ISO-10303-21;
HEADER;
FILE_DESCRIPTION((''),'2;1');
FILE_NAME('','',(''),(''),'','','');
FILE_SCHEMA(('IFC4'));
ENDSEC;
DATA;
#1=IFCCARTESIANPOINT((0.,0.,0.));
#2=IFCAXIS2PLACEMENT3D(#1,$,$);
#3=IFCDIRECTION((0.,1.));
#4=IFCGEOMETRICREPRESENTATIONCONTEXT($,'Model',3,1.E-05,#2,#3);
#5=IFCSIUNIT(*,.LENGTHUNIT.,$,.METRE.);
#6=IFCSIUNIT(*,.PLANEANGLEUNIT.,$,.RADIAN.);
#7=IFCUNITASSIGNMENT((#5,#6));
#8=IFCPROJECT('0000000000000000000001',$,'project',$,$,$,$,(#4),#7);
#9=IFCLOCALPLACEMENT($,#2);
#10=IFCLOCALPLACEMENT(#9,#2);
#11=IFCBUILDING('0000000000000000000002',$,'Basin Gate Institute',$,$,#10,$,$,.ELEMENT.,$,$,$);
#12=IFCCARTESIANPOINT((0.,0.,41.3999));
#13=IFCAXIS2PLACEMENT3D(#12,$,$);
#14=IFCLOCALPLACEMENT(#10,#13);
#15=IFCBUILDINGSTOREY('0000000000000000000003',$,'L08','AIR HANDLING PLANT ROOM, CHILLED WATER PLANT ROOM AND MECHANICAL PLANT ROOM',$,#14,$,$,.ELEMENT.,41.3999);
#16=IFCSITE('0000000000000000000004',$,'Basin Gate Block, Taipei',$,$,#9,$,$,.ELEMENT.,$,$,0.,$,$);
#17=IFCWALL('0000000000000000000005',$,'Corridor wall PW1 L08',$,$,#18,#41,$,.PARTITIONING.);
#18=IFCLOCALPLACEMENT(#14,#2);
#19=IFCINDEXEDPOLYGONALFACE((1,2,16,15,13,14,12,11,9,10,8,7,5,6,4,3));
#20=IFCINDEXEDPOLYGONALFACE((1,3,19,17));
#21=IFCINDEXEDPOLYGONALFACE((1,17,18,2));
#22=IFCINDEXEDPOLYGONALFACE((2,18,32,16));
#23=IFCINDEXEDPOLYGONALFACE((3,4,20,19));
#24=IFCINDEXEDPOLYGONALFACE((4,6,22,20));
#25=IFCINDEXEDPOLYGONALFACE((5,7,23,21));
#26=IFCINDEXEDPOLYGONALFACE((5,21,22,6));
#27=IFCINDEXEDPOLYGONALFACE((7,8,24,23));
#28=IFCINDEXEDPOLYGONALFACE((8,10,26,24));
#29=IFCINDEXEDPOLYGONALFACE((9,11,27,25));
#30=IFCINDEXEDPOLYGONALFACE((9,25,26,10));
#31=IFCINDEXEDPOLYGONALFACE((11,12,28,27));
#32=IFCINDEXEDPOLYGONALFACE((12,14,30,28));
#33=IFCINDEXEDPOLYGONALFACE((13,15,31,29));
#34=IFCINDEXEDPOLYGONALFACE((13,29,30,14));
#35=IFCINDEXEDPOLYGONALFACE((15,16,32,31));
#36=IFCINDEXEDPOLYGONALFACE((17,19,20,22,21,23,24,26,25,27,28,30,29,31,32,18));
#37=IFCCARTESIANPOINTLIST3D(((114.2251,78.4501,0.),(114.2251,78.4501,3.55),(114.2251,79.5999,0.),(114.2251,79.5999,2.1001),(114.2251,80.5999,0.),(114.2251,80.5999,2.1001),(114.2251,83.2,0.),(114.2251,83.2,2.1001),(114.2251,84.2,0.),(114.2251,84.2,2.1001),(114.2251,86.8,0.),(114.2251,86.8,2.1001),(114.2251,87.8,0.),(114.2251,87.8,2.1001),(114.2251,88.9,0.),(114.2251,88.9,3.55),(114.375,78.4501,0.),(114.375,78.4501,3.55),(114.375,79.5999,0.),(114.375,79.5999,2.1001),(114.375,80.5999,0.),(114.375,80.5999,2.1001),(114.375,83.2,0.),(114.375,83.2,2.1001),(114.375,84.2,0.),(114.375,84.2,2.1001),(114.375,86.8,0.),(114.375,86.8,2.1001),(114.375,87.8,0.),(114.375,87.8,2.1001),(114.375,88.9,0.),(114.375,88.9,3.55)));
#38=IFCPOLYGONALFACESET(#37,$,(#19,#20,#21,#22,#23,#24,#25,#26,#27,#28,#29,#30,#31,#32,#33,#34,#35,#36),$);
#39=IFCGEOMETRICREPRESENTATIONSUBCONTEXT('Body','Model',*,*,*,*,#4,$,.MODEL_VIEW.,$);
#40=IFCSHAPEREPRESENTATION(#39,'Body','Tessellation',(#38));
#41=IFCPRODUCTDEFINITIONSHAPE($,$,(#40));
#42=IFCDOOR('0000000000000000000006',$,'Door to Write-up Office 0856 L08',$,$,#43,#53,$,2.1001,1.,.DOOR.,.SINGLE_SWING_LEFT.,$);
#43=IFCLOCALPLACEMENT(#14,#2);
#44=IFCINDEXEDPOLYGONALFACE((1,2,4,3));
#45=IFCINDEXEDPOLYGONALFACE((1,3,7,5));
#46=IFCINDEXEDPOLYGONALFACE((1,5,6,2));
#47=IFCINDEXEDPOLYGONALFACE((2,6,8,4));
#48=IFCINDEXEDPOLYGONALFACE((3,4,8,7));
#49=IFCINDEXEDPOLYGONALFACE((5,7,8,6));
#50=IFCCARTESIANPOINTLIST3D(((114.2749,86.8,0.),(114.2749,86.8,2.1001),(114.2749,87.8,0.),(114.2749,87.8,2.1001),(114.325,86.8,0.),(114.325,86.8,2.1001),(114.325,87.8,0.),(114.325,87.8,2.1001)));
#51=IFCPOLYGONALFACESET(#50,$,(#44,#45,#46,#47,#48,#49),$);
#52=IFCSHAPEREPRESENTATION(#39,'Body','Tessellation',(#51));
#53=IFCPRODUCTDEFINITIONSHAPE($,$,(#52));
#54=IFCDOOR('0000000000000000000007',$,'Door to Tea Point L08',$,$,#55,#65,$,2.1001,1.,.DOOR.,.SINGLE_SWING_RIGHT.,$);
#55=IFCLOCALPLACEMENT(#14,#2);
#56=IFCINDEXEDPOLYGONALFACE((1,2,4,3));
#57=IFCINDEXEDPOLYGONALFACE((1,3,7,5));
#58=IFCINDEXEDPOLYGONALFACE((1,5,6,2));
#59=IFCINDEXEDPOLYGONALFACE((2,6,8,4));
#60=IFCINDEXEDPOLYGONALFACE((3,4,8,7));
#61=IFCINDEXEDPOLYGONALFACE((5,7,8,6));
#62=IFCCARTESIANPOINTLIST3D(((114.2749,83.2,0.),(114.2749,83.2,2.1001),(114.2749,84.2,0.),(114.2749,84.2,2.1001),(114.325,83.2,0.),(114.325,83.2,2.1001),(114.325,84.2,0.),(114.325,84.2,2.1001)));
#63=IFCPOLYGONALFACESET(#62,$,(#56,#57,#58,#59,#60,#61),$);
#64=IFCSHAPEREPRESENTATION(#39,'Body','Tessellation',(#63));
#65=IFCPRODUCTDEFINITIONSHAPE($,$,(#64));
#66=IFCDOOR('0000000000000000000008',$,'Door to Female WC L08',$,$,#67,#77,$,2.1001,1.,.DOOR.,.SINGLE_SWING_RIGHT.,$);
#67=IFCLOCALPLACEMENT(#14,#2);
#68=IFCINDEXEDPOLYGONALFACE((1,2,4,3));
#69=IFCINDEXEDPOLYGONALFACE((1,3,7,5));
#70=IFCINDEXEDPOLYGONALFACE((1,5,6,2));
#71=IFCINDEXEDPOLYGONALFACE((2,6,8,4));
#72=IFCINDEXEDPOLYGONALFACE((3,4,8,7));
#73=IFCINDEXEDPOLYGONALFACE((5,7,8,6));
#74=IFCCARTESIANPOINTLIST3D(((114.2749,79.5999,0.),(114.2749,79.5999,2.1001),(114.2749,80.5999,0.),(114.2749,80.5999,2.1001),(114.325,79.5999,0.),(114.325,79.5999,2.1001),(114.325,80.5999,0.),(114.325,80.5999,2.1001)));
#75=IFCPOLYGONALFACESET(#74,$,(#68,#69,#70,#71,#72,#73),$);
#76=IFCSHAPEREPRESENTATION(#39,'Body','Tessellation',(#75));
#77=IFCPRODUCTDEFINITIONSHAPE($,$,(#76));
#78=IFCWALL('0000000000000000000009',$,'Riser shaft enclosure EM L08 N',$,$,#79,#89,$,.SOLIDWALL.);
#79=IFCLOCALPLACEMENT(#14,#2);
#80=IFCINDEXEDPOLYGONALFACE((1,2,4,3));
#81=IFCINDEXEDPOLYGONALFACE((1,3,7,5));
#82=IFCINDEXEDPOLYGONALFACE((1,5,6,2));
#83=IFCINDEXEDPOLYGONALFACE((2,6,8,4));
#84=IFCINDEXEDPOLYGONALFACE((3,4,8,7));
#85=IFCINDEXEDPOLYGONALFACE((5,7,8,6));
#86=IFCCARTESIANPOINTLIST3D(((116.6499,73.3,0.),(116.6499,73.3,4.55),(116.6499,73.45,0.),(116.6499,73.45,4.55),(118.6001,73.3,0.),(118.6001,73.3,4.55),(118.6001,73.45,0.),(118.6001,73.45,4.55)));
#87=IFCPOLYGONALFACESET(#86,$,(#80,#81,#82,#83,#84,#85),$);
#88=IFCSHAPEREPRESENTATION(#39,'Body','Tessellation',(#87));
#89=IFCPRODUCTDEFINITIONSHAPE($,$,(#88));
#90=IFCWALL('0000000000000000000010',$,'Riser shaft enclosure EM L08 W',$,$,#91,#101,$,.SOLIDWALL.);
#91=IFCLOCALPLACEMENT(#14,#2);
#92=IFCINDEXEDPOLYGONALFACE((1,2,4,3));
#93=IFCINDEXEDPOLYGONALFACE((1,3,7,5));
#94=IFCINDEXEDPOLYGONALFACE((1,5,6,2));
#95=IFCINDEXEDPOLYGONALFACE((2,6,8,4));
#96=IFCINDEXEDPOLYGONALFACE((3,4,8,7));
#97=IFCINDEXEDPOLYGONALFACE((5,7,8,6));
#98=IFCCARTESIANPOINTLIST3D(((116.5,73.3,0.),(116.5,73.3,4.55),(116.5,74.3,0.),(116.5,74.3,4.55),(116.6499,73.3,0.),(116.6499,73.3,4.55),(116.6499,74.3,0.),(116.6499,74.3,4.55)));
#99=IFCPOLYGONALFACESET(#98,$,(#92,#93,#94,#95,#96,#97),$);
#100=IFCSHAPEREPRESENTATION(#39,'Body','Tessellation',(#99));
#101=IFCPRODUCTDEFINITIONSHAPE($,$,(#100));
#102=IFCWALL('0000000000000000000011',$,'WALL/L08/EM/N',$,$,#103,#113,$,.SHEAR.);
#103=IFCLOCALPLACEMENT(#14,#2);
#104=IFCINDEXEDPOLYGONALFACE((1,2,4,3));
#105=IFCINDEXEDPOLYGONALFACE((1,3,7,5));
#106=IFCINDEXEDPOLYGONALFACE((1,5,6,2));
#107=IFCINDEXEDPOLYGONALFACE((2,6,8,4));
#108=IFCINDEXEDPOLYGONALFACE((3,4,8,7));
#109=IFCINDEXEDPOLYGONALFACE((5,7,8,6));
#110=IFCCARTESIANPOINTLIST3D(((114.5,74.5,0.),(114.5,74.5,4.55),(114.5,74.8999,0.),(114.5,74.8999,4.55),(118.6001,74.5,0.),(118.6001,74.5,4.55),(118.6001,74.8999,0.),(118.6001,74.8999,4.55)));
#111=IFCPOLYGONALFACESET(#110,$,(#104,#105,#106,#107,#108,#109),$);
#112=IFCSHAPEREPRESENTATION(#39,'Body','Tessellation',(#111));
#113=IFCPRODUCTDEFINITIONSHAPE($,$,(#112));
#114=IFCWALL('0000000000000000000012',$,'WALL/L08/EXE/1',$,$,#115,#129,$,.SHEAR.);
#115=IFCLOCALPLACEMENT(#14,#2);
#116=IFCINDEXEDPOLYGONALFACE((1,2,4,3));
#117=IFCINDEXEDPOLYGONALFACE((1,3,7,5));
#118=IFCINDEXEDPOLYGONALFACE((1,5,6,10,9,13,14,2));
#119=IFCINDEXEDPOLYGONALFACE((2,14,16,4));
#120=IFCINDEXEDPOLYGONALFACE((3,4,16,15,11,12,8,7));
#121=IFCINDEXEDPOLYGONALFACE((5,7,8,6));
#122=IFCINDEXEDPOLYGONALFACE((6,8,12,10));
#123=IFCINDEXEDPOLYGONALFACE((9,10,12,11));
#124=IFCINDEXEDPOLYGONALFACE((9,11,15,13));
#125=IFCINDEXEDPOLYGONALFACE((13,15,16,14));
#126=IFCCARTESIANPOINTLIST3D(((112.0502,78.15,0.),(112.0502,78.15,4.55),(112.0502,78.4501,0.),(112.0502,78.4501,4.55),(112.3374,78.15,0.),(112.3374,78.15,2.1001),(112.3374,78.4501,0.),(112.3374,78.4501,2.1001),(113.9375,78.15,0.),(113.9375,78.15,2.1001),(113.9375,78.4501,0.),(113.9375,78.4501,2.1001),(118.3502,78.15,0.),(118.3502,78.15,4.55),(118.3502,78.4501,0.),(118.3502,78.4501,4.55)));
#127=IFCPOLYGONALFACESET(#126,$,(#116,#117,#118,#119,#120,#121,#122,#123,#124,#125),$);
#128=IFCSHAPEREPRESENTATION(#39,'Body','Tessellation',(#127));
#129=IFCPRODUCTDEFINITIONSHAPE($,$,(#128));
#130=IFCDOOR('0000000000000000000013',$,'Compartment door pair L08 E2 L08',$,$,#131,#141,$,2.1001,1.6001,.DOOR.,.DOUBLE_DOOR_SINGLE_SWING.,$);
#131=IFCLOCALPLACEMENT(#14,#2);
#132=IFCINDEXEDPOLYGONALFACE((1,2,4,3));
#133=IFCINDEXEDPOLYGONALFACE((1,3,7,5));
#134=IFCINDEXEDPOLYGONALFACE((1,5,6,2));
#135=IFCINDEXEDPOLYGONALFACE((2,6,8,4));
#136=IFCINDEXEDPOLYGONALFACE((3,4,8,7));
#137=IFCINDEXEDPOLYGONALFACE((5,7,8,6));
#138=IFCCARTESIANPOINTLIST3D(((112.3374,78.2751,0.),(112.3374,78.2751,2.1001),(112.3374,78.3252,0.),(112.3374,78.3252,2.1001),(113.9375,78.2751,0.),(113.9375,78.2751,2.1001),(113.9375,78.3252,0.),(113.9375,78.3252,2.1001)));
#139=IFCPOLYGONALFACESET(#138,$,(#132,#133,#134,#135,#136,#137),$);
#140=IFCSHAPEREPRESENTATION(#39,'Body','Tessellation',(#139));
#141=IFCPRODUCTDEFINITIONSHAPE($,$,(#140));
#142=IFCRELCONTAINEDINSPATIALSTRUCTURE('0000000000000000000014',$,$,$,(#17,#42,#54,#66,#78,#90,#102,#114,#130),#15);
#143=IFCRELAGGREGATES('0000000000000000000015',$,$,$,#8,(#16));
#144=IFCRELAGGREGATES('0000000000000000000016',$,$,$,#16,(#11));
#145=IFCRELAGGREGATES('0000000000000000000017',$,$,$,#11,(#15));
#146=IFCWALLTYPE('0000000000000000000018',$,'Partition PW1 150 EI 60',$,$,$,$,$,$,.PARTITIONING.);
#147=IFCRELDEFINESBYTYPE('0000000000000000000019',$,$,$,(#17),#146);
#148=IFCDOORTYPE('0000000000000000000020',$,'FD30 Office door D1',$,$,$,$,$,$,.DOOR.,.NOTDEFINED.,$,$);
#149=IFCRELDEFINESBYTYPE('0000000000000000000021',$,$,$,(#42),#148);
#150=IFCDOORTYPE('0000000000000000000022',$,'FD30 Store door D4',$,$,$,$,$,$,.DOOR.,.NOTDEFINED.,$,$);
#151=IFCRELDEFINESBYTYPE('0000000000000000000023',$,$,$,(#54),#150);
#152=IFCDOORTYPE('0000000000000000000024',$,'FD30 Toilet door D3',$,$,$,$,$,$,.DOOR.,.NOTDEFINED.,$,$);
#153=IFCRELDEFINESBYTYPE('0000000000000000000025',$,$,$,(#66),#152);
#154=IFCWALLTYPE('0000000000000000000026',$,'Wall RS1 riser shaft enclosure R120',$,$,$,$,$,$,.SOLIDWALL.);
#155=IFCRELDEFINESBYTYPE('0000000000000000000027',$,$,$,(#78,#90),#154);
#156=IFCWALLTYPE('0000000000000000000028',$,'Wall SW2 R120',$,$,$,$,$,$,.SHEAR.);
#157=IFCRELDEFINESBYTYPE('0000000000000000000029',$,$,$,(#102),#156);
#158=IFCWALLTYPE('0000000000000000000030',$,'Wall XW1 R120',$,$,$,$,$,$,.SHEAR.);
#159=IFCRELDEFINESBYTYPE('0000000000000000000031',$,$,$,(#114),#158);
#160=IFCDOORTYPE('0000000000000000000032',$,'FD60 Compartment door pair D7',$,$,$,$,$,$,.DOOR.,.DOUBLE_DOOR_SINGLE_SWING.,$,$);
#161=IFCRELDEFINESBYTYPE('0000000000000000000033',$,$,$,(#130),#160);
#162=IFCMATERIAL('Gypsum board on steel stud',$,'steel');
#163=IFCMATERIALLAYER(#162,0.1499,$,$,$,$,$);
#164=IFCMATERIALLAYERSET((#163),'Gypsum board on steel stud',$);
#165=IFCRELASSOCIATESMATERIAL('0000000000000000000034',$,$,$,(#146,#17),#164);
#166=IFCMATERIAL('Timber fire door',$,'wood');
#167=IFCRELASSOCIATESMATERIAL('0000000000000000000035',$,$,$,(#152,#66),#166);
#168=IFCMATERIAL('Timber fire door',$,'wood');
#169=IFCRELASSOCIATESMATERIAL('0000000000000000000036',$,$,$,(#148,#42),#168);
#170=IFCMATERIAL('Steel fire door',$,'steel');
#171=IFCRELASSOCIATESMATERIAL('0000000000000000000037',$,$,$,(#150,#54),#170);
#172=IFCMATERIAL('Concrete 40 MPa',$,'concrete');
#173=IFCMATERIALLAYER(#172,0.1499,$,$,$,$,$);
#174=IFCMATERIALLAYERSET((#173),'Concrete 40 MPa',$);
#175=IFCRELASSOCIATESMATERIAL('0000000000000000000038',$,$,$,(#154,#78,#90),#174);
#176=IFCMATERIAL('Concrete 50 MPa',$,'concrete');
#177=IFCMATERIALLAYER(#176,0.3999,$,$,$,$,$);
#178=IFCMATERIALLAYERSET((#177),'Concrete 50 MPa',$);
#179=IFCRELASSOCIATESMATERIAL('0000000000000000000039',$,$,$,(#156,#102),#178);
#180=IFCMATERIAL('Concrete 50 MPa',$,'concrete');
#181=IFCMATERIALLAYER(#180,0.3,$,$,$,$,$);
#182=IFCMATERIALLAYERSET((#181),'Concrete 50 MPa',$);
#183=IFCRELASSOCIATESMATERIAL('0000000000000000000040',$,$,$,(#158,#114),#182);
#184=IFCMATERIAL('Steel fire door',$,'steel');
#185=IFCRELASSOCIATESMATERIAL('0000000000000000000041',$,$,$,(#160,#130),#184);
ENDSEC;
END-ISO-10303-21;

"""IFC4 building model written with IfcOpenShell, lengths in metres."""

from ifc_helpers import new_model, si_unit, direction, frame, frame_2d, origin, place, context, subcontext, project, spatial, rectangle, extrude, material, layer, layer_set, type_object, element, fill, save


model = new_model("IFC4")

# Units and contexts
model_context = context("Model", 3, precision=1e-05, world=origin(), true_north=direction((0.0, 1.0)))
body_context = subcontext(model_context, "Body", "Model", "MODEL_VIEW")
ifc_project = project(units=[si_unit("LENGTHUNIT", "METRE"), si_unit("PLANEANGLEUNIT", "RADIAN")], contexts=[model_context])

# Site, building, storey
site_placement = place(None, origin())
site = spatial("IfcSite", under=ifc_project, at=site_placement, Name="Basin Gate Block, Taipei", CompositionType="ELEMENT", RefElevation=0.0)
building_placement = place(site_placement, origin())
building = spatial("IfcBuilding", under=site, at=building_placement, Name="Basin Gate Institute", CompositionType="ELEMENT")
storey_placement = place(building_placement, frame((0.0, 0.0, 41.3999)))
storey = spatial("IfcBuildingStorey", under=building, at=storey_placement, Name="L08", Description="AIR HANDLING PLANT ROOM, CHILLED WATER PLANT ROOM AND MECHANICAL PLANT ROOM", CompositionType="ELEMENT", Elevation=41.3999)

# Shared definitions
ifc_material_1 = material(Name="Gypsum board on steel stud", Category="steel")
ifc_layer_1 = layer(ifc_material_1, 0.1499)
ifc_layer_set_1 = layer_set([ifc_layer_1], Name="Gypsum board on steel stud")
wall_type_1 = type_object("IfcWallType", Name="Partition PW1 150 EI 60", PredefinedType="PARTITIONING", material=ifc_layer_set_1)
ifc_material_2 = material(Name="Timber fire door", Category="wood")
door_type_1 = type_object("IfcDoorType", Name="FD30 Toilet door D3", OperationType="NOTDEFINED", PredefinedType="DOOR", material=ifc_material_2)

# Wall, openings, doors
wall_1_placement = place(storey_placement, frame((114.3, 78.45, 0.0), z_axis=(0.0, 0.0, 1.0), x_axis=(0.0, 1.0, 0.0)))
wall_1 = element("IfcWall", 1, at=wall_1_placement, inside=storey, type_object=wall_type_1, material=ifc_layer_set_1, Name="Corridor wall PW1 L08", PredefinedType="PARTITIONING", context=body_context, shape_type="SweptSolid", body=[
    extrude(rectangle(XDim=10.45, YDim=0.1499, at=frame_2d((5.2251, 0.0))), origin(), (0.0, 0.0, 1.0), 3.55),
])
opening_1_placement = place(wall_1_placement, frame((1.1499, 0.0, 0.0)))
opening_1 = element("IfcOpeningElement", 2, at=opening_1_placement, cuts=wall_1, PredefinedType="OPENING", context=body_context, shape_type="SweptSolid", body=[
    extrude(rectangle(XDim=1.0, YDim=2.1001, at=frame_2d((0.5, 1.05))), frame((0.0, 0.085, 0.0), z_axis=(0.0, -1.0, 0.0), x_axis=(1.0, 0.0, 0.0)), (0.0, 0.0, 1.0), 0.1699),
])
opening_2_placement = place(wall_1_placement, frame((4.75, 0.0, 0.0)))
opening_2 = element("IfcOpeningElement", 3, at=opening_2_placement, cuts=wall_1, PredefinedType="OPENING", context=body_context, shape_type="SweptSolid", body=[
    extrude(rectangle(XDim=1.0, YDim=2.1001, at=frame_2d((0.5, 1.05))), frame((0.0, 0.085, 0.0), z_axis=(0.0, -1.0, 0.0), x_axis=(1.0, 0.0, 0.0)), (0.0, 0.0, 1.0), 0.1699),
])
opening_3_placement = place(wall_1_placement, frame((8.3501, 0.0, 0.0)))
opening_3 = element("IfcOpeningElement", 4, at=opening_3_placement, cuts=wall_1, PredefinedType="OPENING", context=body_context, shape_type="SweptSolid", body=[
    extrude(rectangle(XDim=1.0, YDim=2.1001, at=frame_2d((0.5, 1.05))), frame((0.0, 0.085, 0.0), z_axis=(0.0, -1.0, 0.0), x_axis=(1.0, 0.0, 0.0)), (0.0, 0.0, 1.0), 0.1699),
])
ifc_material_3 = material(Name="Timber fire door", Category="wood")
door_type_2 = type_object("IfcDoorType", Name="FD30 Office door D1", OperationType="NOTDEFINED", PredefinedType="DOOR", material=ifc_material_3)
door_1_placement = place(opening_3_placement, frame((1.0, 0.0, 0.0), z_axis=(0.0, 0.0, 1.0), x_axis=(-1.0, 0.0, 0.0)))
door_1 = element("IfcDoor", 5, at=door_1_placement, inside=storey, type_object=door_type_2, material=ifc_material_3, Name="Door to Write-up Office 0856 L08", OperationType="SINGLE_SWING_LEFT", OverallHeight=2.1001, OverallWidth=1.0, PredefinedType="DOOR", context=body_context, shape_type="SweptSolid", body=[
    extrude(rectangle(XDim=1.0, YDim=2.1001, at=frame_2d((0.5, 1.05))), frame((0.0, 0.0249, 0.0), z_axis=(0.0, -1.0, 0.0), x_axis=(1.0, 0.0, 0.0)), (0.0, 0.0, 1.0), 0.05),
])
fill(opening_3, door_1)
ifc_material_4 = material(Name="Steel fire door", Category="steel")
door_type_3 = type_object("IfcDoorType", Name="FD30 Store door D4", OperationType="NOTDEFINED", PredefinedType="DOOR", material=ifc_material_4)
door_2_placement = place(opening_2_placement, frame((1.0, 0.0, 0.0), z_axis=(0.0, 0.0, 1.0), x_axis=(-1.0, 0.0, 0.0)))
door_2 = element("IfcDoor", 6, at=door_2_placement, inside=storey, type_object=door_type_3, material=ifc_material_4, Name="Door to Tea Point L08", OperationType="SINGLE_SWING_RIGHT", OverallHeight=2.1001, OverallWidth=1.0, PredefinedType="DOOR", context=body_context, shape_type="SweptSolid", body=[
    extrude(rectangle(XDim=1.0, YDim=2.1001, at=frame_2d((0.5, 1.05))), frame((0.0, 0.0249, 0.0), z_axis=(0.0, -1.0, 0.0), x_axis=(1.0, 0.0, 0.0)), (0.0, 0.0, 1.0), 0.05),
])
fill(opening_2, door_2)
door_3_placement = place(opening_1_placement, frame((1.0, 0.0, 0.0), z_axis=(0.0, 0.0, 1.0), x_axis=(-1.0, 0.0, 0.0)))
door_3 = element("IfcDoor", 7, at=door_3_placement, inside=storey, type_object=door_type_1, material=ifc_material_2, Name="Door to Female WC L08", OperationType="SINGLE_SWING_RIGHT", OverallHeight=2.1001, OverallWidth=1.0, PredefinedType="DOOR", context=body_context, shape_type="SweptSolid", body=[
    extrude(rectangle(XDim=1.0, YDim=2.1001, at=frame_2d((0.5, 1.05))), frame((0.0, 0.0249, 0.0), z_axis=(0.0, -1.0, 0.0), x_axis=(1.0, 0.0, 0.0)), (0.0, 0.0, 1.0), 0.05),
])
fill(opening_1, door_3)

# Walls
ifc_material_5 = material(Name="Concrete 40 MPa", Category="concrete")
ifc_layer_2 = layer(ifc_material_5, 0.1499)
ifc_layer_set_2 = layer_set([ifc_layer_2], Name="Concrete 40 MPa")
wall_type_2 = type_object("IfcWallType", Name="Wall RS1 riser shaft enclosure R120", PredefinedType="SOLIDWALL", material=ifc_layer_set_2)
wall_2_placement = place(storey_placement, frame((118.6001, 73.375, 0.0), z_axis=(0.0, 0.0, 1.0), x_axis=(-1.0, 0.0, 0.0)))
element("IfcWall", 8, at=wall_2_placement, inside=storey, type_object=wall_type_2, material=ifc_layer_set_2, Name="Riser shaft enclosure EM L08 N", PredefinedType="SOLIDWALL", context=body_context, shape_type="SweptSolid", body=[
    extrude(rectangle(XDim=1.9502, YDim=0.1499, at=frame_2d((0.9751, 0.0))), origin(), (0.0, 0.0, 1.0), 4.55),
])
wall_3_placement = place(storey_placement, frame((116.575, 73.3, 0.0), z_axis=(0.0, 0.0, 1.0), x_axis=(0.0, 1.0, 0.0)))
element("IfcWall", 9, at=wall_3_placement, inside=storey, type_object=wall_type_2, material=ifc_layer_set_2, Name="Riser shaft enclosure EM L08 W", PredefinedType="SOLIDWALL", context=body_context, shape_type="SweptSolid", body=[
    extrude(rectangle(XDim=1.0, YDim=0.1499, at=frame_2d((0.5, 0.0))), origin(), (0.0, 0.0, 1.0), 4.55),
])
ifc_material_6 = material(Name="Concrete 50 MPa", Category="concrete")
ifc_layer_3 = layer(ifc_material_6, 0.3999)
ifc_layer_set_3 = layer_set([ifc_layer_3], Name="Concrete 50 MPa")
wall_type_3 = type_object("IfcWallType", Name="Wall SW2 R120", PredefinedType="SHEAR", material=ifc_layer_set_3)
wall_4_placement = place(storey_placement, frame((118.6001, 74.7, 0.0), z_axis=(0.0, 0.0, 1.0), x_axis=(-1.0, 0.0, 0.0)))
element("IfcWall", 10, at=wall_4_placement, inside=storey, type_object=wall_type_3, material=ifc_layer_set_3, Name="WALL/L08/EM/N", PredefinedType="SHEAR", context=body_context, shape_type="SweptSolid", body=[
    extrude(rectangle(XDim=4.1001, YDim=0.3999, at=frame_2d((2.05, 0.0))), origin(), (0.0, 0.0, 1.0), 4.55),
])

# Wall, opening, door
ifc_material_7 = material(Name="Concrete 50 MPa", Category="concrete")
ifc_layer_4 = layer(ifc_material_7, 0.3)
ifc_layer_set_4 = layer_set([ifc_layer_4], Name="Concrete 50 MPa")
wall_type_4 = type_object("IfcWallType", Name="Wall XW1 R120", PredefinedType="SHEAR", material=ifc_layer_set_4)
wall_5_placement = place(storey_placement, frame((118.3501, 78.3, 0.0), z_axis=(0.0, 0.0, 1.0), x_axis=(-1.0, 0.0, 0.0)))
wall_5 = element("IfcWall", 11, at=wall_5_placement, inside=storey, type_object=wall_type_4, material=ifc_layer_set_4, Name="WALL/L08/EXE/1", PredefinedType="SHEAR", context=body_context, shape_type="SweptSolid", body=[
    extrude(rectangle(XDim=6.3, YDim=0.3, at=frame_2d((3.1499, 0.0))), origin(), (0.0, 0.0, 1.0), 4.55),
])
opening_4_placement = place(wall_5_placement, frame((4.4126, 0.0, 0.0)))
opening_4 = element("IfcOpeningElement", 12, at=opening_4_placement, cuts=wall_5, PredefinedType="OPENING", context=body_context, shape_type="SweptSolid", body=[
    extrude(rectangle(XDim=1.6001, YDim=2.1001, at=frame_2d((0.8, 1.05))), frame((0.0, 0.1602, 0.0), z_axis=(0.0, -1.0, 0.0), x_axis=(1.0, 0.0, 0.0)), (0.0, 0.0, 1.0), 0.3201),
])
ifc_material_8 = material(Name="Steel fire door", Category="steel")
door_type_4 = type_object("IfcDoorType", Name="FD60 Compartment door pair D7", OperationType="DOUBLE_DOOR_SINGLE_SWING", PredefinedType="DOOR", material=ifc_material_8)
door_4_placement = place(opening_4_placement, origin())
door_4 = element("IfcDoor", 13, at=door_4_placement, inside=storey, type_object=door_type_4, material=ifc_material_8, Name="Compartment door pair L08 E2 L08", OperationType="DOUBLE_DOOR_SINGLE_SWING", OverallHeight=2.1001, OverallWidth=1.6001, PredefinedType="DOOR", context=body_context, shape_type="SweptSolid", body=[
    extrude(rectangle(XDim=1.6001, YDim=2.1001, at=frame_2d((0.8, 1.05))), frame((0.0, 0.0249, 0.0), z_axis=(0.0, -1.0, 0.0), x_axis=(1.0, 0.0, 0.0)), (0.0, 0.0, 1.0), 0.05),
])
fill(opening_4, door_4)

save(model, "model.ifc")
